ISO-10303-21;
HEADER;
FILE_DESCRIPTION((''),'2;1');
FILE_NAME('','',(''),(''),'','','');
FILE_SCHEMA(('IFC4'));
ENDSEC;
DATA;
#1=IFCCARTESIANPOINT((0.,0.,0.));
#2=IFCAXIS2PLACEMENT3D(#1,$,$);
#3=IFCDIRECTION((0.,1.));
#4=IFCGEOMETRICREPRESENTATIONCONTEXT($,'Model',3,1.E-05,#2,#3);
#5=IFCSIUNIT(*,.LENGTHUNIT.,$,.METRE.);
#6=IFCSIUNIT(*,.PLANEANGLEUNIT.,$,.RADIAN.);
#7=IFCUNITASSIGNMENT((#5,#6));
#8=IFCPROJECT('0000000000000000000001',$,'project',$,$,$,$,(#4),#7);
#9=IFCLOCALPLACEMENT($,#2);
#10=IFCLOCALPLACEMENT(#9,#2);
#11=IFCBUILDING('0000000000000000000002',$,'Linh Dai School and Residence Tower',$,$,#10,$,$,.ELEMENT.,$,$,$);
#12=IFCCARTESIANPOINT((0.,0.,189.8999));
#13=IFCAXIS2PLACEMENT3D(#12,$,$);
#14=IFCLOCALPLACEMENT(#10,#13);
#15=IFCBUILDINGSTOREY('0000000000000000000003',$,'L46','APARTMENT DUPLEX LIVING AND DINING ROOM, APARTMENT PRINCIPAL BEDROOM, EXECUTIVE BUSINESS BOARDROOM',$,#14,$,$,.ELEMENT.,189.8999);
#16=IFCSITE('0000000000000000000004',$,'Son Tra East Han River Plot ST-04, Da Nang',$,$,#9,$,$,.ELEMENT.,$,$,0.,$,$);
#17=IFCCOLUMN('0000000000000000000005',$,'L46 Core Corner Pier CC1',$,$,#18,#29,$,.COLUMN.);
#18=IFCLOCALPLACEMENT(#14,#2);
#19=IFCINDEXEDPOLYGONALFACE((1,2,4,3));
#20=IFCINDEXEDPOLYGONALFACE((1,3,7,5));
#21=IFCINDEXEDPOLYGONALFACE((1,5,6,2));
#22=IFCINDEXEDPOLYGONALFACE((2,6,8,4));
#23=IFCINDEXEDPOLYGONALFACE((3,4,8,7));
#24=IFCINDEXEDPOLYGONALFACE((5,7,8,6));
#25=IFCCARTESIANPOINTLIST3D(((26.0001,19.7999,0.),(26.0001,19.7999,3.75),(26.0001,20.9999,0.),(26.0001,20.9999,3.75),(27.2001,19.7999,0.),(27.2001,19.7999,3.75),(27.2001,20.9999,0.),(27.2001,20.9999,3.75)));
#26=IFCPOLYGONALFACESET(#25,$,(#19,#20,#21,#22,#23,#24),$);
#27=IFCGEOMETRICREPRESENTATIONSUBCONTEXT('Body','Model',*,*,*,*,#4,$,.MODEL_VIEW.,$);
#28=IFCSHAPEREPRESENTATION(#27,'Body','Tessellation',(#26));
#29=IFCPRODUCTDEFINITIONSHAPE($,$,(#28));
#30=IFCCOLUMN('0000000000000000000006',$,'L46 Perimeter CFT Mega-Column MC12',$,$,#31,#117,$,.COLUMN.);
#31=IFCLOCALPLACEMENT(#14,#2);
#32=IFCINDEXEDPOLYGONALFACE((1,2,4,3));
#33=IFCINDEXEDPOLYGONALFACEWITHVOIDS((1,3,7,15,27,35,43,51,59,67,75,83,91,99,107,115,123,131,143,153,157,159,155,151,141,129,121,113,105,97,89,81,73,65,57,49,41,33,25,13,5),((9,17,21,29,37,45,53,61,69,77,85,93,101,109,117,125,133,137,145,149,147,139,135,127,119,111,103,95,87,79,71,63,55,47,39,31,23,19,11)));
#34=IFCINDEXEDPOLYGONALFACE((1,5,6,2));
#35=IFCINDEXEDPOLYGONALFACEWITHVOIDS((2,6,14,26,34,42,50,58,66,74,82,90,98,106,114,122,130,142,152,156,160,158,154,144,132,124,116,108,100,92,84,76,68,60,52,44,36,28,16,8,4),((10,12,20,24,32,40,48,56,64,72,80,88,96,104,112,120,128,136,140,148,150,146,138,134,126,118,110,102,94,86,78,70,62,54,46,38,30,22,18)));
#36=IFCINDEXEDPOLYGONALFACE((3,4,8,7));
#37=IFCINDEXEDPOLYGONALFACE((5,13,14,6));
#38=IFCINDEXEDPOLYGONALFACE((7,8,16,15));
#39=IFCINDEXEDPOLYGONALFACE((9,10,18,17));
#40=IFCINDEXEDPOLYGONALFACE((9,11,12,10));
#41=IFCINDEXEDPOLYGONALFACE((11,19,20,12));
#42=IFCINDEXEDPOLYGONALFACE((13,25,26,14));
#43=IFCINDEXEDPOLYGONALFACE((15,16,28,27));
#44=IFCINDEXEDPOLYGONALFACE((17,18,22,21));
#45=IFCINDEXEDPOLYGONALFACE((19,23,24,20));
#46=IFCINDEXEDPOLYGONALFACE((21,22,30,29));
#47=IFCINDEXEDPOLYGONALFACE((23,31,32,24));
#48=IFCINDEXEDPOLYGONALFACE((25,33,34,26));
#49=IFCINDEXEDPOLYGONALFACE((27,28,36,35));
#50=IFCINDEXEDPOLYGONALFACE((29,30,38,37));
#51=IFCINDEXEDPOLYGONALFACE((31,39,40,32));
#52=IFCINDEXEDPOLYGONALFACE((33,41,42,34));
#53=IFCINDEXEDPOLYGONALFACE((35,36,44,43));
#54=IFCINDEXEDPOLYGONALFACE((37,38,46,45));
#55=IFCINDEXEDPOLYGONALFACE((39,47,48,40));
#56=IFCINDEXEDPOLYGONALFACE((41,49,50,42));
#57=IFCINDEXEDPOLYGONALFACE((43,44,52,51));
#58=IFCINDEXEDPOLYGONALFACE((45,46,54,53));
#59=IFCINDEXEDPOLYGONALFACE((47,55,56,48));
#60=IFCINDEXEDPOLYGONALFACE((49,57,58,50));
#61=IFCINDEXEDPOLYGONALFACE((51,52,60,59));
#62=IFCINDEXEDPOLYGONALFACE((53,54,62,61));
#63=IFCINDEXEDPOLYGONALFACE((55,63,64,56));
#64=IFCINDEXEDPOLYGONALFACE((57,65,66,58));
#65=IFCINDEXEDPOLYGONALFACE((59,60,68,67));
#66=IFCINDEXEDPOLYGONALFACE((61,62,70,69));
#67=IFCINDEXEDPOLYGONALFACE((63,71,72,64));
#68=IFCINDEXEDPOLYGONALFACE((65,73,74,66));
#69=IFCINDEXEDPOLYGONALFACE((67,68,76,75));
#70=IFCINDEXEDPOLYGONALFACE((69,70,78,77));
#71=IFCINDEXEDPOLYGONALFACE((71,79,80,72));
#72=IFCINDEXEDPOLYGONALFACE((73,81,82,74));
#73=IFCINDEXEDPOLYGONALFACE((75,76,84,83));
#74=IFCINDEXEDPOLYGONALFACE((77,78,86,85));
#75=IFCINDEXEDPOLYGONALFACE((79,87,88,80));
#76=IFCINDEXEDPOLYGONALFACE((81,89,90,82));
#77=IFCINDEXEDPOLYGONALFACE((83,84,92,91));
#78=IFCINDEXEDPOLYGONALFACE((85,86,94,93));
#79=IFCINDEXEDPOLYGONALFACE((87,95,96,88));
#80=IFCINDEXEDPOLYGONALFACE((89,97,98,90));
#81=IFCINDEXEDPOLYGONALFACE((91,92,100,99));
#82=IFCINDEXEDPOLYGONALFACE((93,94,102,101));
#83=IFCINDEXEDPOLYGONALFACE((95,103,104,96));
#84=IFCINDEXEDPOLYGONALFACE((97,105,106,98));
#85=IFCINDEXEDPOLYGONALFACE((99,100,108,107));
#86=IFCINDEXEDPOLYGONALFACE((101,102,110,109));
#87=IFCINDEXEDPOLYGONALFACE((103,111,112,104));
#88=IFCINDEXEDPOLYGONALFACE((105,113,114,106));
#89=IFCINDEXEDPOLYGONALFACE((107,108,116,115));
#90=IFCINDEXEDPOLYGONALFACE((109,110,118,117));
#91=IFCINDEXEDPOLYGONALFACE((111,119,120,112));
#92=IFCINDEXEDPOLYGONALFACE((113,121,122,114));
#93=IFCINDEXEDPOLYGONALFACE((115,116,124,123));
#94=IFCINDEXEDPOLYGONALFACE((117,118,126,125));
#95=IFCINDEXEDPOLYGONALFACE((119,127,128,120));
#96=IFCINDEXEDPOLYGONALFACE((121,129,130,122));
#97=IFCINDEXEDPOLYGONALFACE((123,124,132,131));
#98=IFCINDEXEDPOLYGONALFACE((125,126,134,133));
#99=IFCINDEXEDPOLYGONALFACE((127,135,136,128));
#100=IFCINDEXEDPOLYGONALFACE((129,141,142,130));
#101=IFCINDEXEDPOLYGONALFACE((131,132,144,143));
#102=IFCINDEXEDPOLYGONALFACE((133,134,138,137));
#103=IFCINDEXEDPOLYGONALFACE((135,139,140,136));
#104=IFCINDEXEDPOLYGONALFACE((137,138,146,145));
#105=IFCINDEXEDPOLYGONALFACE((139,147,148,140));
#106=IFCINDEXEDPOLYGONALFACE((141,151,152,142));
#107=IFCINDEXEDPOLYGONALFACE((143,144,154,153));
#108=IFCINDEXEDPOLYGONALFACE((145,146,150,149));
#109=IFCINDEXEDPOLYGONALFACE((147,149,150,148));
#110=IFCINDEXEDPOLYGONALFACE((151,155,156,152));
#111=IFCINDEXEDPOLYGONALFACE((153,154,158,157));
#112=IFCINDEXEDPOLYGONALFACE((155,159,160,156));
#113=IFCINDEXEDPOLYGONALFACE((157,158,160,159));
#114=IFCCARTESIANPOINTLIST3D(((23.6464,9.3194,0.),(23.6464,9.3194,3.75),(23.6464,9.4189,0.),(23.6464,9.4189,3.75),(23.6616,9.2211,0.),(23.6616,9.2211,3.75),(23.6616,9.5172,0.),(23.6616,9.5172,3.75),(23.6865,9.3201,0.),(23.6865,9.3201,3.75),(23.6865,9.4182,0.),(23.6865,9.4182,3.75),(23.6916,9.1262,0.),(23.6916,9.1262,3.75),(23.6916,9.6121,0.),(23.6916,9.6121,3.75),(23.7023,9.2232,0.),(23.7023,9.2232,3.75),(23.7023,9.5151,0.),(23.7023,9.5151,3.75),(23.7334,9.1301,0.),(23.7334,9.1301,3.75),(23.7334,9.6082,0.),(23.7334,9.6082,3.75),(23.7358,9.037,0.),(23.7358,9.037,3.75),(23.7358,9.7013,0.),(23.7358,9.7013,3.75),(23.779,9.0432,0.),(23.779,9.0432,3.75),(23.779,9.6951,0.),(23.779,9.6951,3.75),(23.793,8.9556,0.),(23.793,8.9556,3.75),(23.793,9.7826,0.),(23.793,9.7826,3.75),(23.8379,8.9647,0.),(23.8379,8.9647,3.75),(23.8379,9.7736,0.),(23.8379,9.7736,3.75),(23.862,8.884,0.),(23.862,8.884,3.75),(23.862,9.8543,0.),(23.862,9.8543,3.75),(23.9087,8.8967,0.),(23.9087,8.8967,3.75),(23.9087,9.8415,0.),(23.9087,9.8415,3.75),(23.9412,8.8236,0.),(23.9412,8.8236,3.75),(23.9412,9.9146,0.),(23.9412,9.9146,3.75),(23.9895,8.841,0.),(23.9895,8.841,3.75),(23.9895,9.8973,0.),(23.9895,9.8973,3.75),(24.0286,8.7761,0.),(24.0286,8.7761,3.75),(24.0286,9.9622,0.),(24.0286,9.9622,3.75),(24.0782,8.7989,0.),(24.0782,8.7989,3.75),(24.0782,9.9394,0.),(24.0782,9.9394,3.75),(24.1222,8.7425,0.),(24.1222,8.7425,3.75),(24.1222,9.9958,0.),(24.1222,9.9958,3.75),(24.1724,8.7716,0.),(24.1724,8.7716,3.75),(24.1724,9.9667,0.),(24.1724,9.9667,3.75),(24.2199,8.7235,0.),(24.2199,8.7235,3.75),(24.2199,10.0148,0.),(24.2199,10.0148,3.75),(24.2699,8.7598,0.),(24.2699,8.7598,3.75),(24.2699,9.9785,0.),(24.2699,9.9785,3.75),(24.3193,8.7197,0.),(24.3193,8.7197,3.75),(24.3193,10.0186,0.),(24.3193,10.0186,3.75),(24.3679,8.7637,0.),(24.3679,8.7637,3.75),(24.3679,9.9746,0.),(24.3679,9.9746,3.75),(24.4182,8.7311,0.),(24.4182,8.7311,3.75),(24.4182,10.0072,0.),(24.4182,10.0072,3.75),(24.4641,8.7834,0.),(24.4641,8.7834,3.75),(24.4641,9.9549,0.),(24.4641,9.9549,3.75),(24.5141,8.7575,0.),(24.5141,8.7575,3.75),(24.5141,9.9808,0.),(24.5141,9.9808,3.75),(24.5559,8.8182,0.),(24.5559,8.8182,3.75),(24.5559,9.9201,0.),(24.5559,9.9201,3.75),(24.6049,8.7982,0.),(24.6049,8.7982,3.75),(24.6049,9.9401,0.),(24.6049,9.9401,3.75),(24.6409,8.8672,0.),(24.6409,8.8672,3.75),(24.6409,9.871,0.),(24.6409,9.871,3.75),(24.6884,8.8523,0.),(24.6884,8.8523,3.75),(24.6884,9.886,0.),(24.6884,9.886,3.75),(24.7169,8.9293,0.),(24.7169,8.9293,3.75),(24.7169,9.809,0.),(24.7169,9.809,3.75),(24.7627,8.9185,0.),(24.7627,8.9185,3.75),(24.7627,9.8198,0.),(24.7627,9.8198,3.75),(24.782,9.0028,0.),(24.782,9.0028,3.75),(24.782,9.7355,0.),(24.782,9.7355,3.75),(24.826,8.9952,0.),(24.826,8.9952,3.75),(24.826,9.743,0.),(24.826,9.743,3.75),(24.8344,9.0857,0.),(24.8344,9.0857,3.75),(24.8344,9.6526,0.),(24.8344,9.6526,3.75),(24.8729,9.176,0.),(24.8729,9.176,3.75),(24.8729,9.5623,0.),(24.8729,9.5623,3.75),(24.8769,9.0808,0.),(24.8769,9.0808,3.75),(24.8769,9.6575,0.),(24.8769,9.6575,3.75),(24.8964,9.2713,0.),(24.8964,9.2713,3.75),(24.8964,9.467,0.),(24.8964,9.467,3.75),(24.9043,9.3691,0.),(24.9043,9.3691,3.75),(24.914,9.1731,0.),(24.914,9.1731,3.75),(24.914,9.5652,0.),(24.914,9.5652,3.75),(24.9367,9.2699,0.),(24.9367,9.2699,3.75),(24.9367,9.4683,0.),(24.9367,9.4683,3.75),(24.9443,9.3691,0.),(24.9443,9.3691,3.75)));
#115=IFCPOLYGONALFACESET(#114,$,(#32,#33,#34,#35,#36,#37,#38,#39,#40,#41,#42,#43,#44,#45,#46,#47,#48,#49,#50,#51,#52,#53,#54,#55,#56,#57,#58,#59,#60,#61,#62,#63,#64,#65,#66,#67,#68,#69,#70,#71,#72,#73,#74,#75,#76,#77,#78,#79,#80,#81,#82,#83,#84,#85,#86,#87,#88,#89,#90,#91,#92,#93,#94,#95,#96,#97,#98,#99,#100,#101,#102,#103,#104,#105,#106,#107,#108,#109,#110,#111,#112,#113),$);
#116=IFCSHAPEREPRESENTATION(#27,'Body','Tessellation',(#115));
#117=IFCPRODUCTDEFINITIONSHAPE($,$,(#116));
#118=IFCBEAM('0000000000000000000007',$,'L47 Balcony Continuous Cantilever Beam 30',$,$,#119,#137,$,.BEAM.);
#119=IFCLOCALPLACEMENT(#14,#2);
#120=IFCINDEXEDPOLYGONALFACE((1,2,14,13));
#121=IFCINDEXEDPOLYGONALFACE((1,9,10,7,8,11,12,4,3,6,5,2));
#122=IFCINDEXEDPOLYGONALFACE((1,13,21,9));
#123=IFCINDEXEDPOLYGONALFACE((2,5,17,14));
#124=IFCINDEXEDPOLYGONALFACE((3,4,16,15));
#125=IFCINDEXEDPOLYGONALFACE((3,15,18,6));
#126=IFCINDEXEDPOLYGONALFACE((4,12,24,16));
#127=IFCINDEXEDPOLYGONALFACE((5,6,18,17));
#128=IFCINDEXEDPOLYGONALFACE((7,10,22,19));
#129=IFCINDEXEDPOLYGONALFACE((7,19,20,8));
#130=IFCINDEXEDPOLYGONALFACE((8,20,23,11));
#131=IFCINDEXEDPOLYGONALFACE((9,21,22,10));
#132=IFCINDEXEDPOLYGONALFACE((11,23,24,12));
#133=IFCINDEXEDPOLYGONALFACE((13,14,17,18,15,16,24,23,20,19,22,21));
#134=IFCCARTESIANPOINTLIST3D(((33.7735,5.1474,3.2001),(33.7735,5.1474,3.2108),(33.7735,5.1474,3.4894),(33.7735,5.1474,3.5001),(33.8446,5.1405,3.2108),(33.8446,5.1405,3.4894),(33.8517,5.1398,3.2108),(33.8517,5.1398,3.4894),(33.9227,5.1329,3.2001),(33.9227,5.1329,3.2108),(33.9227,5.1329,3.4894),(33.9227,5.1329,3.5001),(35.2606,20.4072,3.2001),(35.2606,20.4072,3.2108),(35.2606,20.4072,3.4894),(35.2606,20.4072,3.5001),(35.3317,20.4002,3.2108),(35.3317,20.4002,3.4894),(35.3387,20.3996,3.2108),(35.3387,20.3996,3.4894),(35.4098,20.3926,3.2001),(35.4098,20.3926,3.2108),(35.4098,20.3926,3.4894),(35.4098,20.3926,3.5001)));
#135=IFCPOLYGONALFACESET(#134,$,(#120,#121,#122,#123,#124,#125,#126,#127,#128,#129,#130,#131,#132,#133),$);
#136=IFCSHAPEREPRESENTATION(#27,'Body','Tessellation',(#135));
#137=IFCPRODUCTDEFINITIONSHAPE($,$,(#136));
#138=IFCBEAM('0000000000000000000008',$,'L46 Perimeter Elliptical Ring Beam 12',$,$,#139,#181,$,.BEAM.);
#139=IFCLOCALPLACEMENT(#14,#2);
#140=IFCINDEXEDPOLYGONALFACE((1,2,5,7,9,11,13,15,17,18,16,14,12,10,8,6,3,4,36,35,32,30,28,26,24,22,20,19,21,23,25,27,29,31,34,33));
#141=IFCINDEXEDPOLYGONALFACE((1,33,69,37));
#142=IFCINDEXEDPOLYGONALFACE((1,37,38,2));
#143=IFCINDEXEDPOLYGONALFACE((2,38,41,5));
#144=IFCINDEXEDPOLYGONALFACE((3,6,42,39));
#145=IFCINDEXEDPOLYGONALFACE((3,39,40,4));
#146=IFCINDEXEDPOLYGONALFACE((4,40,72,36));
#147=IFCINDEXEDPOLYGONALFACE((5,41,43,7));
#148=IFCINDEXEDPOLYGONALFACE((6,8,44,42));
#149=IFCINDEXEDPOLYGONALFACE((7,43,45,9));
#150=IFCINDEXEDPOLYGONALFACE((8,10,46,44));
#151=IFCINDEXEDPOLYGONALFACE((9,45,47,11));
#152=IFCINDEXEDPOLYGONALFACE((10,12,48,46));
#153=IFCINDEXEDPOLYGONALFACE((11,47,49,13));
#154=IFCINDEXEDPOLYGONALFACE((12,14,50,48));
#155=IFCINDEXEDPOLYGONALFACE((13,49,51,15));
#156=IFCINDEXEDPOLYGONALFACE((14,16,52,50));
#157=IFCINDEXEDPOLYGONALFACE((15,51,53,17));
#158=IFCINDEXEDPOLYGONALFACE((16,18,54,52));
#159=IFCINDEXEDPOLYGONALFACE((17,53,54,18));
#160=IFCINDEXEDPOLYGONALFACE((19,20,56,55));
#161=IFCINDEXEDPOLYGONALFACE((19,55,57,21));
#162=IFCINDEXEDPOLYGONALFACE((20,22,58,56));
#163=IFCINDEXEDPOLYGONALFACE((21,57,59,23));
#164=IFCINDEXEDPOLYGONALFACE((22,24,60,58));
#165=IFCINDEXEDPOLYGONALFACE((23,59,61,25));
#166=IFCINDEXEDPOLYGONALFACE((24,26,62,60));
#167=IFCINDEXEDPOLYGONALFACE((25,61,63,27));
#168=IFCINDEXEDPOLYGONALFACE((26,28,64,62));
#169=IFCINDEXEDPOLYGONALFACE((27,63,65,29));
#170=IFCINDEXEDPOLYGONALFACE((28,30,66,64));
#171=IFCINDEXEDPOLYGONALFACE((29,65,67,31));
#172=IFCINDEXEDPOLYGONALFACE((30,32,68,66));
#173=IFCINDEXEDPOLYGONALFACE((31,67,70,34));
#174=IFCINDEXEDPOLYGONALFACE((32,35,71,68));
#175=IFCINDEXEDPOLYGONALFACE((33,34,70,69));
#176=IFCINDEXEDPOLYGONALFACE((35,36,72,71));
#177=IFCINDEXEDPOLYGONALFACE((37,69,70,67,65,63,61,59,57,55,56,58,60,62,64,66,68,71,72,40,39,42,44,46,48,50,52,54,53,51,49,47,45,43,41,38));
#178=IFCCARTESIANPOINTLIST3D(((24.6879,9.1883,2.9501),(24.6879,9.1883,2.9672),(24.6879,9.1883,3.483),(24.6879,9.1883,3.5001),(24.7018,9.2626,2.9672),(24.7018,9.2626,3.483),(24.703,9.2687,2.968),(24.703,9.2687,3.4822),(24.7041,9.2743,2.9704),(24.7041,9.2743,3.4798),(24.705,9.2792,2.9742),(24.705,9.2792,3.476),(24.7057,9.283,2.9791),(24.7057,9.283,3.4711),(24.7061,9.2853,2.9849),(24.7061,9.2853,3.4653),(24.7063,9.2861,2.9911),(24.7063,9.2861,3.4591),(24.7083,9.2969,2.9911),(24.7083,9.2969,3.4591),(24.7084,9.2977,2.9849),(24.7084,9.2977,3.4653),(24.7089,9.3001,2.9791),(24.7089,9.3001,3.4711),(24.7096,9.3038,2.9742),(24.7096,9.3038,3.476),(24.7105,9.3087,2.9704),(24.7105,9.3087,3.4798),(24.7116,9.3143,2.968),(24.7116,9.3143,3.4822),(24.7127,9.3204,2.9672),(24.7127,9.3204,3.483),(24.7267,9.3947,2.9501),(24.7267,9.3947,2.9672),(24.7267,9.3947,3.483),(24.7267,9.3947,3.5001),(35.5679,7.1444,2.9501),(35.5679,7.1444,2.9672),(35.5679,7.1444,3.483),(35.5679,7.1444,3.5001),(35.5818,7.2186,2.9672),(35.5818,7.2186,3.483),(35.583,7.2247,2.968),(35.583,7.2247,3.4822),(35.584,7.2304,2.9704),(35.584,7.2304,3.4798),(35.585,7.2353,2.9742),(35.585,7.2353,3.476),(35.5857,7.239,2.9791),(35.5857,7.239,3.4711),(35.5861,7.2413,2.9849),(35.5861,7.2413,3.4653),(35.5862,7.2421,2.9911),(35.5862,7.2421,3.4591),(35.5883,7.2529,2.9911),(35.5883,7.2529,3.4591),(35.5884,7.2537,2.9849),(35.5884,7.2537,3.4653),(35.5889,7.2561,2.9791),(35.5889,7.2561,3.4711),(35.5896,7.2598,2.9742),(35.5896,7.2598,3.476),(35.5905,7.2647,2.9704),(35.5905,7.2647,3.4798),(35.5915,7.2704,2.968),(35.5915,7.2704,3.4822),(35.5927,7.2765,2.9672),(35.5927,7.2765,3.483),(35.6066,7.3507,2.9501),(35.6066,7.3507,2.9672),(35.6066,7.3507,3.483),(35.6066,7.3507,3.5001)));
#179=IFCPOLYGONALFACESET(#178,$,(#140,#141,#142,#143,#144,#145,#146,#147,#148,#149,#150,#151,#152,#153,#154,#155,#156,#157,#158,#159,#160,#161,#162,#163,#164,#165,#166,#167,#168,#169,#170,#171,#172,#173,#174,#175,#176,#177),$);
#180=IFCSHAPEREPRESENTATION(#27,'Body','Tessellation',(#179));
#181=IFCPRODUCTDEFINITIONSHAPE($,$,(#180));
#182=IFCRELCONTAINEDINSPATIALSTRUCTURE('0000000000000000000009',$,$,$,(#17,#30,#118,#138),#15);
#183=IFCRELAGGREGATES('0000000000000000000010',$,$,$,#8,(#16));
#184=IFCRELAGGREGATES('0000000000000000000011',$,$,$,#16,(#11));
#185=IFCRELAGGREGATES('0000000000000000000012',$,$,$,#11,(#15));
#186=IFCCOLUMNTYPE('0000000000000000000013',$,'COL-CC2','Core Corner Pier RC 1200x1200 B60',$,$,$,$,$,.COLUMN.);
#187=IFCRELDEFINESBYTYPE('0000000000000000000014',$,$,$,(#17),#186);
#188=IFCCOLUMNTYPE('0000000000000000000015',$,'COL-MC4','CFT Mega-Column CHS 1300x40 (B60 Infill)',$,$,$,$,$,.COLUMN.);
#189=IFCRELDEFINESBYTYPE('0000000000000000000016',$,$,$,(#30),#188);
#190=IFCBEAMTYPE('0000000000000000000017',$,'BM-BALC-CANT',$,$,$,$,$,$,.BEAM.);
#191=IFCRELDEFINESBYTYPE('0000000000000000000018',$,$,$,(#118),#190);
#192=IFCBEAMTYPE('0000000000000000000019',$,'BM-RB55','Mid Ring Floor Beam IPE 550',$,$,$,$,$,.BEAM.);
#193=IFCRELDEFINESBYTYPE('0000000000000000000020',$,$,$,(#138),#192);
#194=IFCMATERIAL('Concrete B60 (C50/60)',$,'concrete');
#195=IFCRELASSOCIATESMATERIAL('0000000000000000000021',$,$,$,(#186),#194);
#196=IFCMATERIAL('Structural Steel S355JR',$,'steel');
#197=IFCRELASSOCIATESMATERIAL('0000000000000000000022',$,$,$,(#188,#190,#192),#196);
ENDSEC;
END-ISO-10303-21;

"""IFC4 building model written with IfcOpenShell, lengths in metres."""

from ifc_helpers import new_model, si_unit, direction, frame, origin, origin_2d, place, context, subcontext, project, spatial, rectangle, hollow_circle, i_section, extrude, material, material_profile, profile_set, type_object, element, save


model = new_model("IFC4")

# Units and contexts
model_context = context("Model", 3, precision=1e-05, world=origin(), true_north=direction((0.0, 1.0)))
body_context = subcontext(model_context, "Body", "Model", "MODEL_VIEW")
ifc_project = project(units=[si_unit("LENGTHUNIT", "METRE"), si_unit("PLANEANGLEUNIT", "RADIAN")], contexts=[model_context])

# Site, building, storey
site_placement = place(None, origin())
site = spatial("IfcSite", under=ifc_project, at=site_placement, Name="Son Tra East Han River Plot ST-04, Da Nang", CompositionType="ELEMENT", RefElevation=0.0)
building_placement = place(site_placement, origin())
building = spatial("IfcBuilding", under=site, at=building_placement, Name="Linh Dai School and Residence Tower", CompositionType="ELEMENT")
storey_placement = place(building_placement, frame((0.0, 0.0, 189.8999)))
storey = spatial("IfcBuildingStorey", under=building, at=storey_placement, Name="L46", Description="APARTMENT DUPLEX LIVING AND DINING ROOM, APARTMENT PRINCIPAL BEDROOM, EXECUTIVE BUSINESS BOARDROOM", CompositionType="ELEMENT", Elevation=189.8999)

# Columns
ifc_material_1 = material(Name="Concrete B60 (C50/60)", Category="concrete")
ifc_material_profile_1 = material_profile(ifc_material_1, rectangle(XDim=1.2, YDim=1.2, at=origin_2d()), Name="RC 1200x1200")
ifc_profile_set_1 = profile_set([ifc_material_profile_1], Name="Concrete B60 (C50/60)")
column_type_1 = type_object("IfcColumnType", Name="COL-CC2", Description="Core Corner Pier RC 1200x1200 B60", PredefinedType="COLUMN", material=ifc_profile_set_1)
column_1_placement = place(storey_placement, frame((26.6001, 20.3999, 0.0), z_axis=(0.0, 0.0, 1.0), x_axis=(1.0, 0.0, 0.0)))
element("IfcColumn", 1, at=column_1_placement, inside=storey, type_object=column_type_1, Name="L46 Core Corner Pier CC1", PredefinedType="COLUMN", context=body_context, shape_type="SweptSolid", body=[
    extrude(rectangle(XDim=1.2, YDim=1.2, at=origin_2d()), origin(), (0.0, 0.0, 1.0), 3.75),
])
ifc_material_2 = material(Name="Structural Steel S355JR", Category="steel")
ifc_material_profile_2 = material_profile(ifc_material_2, hollow_circle(Radius=0.6499, WallThickness=0.04, at=origin_2d()), Name="CHS 1300x40")
ifc_profile_set_2 = profile_set([ifc_material_profile_2], Name="Structural Steel S355JR")
column_type_2 = type_object("IfcColumnType", Name="COL-MC4", Description="CFT Mega-Column CHS 1300x40 (B60 Infill)", PredefinedType="COLUMN", material=ifc_profile_set_2)
column_2_placement = place(storey_placement, frame((24.2944, 9.3691, 0.0), z_axis=(0.0, 0.0, 1.0), x_axis=(1.0, 0.0, 0.0)))
element("IfcColumn", 2, at=column_2_placement, inside=storey, type_object=column_type_2, Name="L46 Perimeter CFT Mega-Column MC12", PredefinedType="COLUMN", context=body_context, shape_type="SweptSolid", body=[
    extrude(hollow_circle(Radius=0.6499, WallThickness=0.04, at=origin_2d()), origin(), (0.0, 0.0, 1.0), 3.75),
])

# Beams
ifc_material_profile_3 = material_profile(ifc_material_2, i_section(OverallWidth=0.1499, OverallDepth=0.3, WebThickness=0.0071, FlangeThickness=0.0107, at=origin_2d()), Name="IPE 300")
ifc_profile_set_3 = profile_set([ifc_material_profile_3], Name="Structural Steel S355JR")
beam_type_1 = type_object("IfcBeamType", Name="BM-BALC-CANT", PredefinedType="BEAM", material=ifc_profile_set_3)
beam_1_placement = place(storey_placement, frame((35.3352, 20.3999, 3.3501), z_axis=(-0.09699, -0.995285, 0.0), x_axis=(0.995285, -0.09699, 0.0)))
element("IfcBeam", 3, at=beam_1_placement, inside=storey, type_object=beam_type_1, Name="L47 Balcony Continuous Cantilever Beam 30", PredefinedType="BEAM", context=body_context, shape_type="SweptSolid", body=[
    extrude(i_section(OverallWidth=0.1499, OverallDepth=0.3, WebThickness=0.0071, FlangeThickness=0.0107, at=origin_2d()), origin(), (0.0, 0.0, 1.0), 15.332),
])
ifc_material_profile_4 = material_profile(ifc_material_2, i_section(OverallWidth=0.21, OverallDepth=0.55, WebThickness=0.011, FlangeThickness=0.0171, FilletRadius=0.0239, at=origin_2d()), Name="IPE 550")
ifc_profile_set_4 = profile_set([ifc_material_profile_4], Name="Structural Steel S355JR")
beam_type_2 = type_object("IfcBeamType", Name="BM-RB55", Description="Mid Ring Floor Beam IPE 550", PredefinedType="BEAM", material=ifc_profile_set_4)
beam_2_placement = place(storey_placement, frame((24.7073, 9.2915, 3.2251), z_axis=(0.982807, -0.184635, 0.0), x_axis=(0.184635, 0.982807, 0.0)))
element("IfcBeam", 4, at=beam_2_placement, inside=storey, type_object=beam_type_2, Name="L46 Perimeter Elliptical Ring Beam 12", PredefinedType="BEAM", context=body_context, shape_type="SweptSolid", body=[
    extrude(i_section(OverallWidth=0.21, OverallDepth=0.55, WebThickness=0.011, FlangeThickness=0.0171, FilletRadius=0.0239, at=origin_2d()), origin(), (0.0, 0.0, 1.0), 11.0703),
])

save(model, "model.ifc")
